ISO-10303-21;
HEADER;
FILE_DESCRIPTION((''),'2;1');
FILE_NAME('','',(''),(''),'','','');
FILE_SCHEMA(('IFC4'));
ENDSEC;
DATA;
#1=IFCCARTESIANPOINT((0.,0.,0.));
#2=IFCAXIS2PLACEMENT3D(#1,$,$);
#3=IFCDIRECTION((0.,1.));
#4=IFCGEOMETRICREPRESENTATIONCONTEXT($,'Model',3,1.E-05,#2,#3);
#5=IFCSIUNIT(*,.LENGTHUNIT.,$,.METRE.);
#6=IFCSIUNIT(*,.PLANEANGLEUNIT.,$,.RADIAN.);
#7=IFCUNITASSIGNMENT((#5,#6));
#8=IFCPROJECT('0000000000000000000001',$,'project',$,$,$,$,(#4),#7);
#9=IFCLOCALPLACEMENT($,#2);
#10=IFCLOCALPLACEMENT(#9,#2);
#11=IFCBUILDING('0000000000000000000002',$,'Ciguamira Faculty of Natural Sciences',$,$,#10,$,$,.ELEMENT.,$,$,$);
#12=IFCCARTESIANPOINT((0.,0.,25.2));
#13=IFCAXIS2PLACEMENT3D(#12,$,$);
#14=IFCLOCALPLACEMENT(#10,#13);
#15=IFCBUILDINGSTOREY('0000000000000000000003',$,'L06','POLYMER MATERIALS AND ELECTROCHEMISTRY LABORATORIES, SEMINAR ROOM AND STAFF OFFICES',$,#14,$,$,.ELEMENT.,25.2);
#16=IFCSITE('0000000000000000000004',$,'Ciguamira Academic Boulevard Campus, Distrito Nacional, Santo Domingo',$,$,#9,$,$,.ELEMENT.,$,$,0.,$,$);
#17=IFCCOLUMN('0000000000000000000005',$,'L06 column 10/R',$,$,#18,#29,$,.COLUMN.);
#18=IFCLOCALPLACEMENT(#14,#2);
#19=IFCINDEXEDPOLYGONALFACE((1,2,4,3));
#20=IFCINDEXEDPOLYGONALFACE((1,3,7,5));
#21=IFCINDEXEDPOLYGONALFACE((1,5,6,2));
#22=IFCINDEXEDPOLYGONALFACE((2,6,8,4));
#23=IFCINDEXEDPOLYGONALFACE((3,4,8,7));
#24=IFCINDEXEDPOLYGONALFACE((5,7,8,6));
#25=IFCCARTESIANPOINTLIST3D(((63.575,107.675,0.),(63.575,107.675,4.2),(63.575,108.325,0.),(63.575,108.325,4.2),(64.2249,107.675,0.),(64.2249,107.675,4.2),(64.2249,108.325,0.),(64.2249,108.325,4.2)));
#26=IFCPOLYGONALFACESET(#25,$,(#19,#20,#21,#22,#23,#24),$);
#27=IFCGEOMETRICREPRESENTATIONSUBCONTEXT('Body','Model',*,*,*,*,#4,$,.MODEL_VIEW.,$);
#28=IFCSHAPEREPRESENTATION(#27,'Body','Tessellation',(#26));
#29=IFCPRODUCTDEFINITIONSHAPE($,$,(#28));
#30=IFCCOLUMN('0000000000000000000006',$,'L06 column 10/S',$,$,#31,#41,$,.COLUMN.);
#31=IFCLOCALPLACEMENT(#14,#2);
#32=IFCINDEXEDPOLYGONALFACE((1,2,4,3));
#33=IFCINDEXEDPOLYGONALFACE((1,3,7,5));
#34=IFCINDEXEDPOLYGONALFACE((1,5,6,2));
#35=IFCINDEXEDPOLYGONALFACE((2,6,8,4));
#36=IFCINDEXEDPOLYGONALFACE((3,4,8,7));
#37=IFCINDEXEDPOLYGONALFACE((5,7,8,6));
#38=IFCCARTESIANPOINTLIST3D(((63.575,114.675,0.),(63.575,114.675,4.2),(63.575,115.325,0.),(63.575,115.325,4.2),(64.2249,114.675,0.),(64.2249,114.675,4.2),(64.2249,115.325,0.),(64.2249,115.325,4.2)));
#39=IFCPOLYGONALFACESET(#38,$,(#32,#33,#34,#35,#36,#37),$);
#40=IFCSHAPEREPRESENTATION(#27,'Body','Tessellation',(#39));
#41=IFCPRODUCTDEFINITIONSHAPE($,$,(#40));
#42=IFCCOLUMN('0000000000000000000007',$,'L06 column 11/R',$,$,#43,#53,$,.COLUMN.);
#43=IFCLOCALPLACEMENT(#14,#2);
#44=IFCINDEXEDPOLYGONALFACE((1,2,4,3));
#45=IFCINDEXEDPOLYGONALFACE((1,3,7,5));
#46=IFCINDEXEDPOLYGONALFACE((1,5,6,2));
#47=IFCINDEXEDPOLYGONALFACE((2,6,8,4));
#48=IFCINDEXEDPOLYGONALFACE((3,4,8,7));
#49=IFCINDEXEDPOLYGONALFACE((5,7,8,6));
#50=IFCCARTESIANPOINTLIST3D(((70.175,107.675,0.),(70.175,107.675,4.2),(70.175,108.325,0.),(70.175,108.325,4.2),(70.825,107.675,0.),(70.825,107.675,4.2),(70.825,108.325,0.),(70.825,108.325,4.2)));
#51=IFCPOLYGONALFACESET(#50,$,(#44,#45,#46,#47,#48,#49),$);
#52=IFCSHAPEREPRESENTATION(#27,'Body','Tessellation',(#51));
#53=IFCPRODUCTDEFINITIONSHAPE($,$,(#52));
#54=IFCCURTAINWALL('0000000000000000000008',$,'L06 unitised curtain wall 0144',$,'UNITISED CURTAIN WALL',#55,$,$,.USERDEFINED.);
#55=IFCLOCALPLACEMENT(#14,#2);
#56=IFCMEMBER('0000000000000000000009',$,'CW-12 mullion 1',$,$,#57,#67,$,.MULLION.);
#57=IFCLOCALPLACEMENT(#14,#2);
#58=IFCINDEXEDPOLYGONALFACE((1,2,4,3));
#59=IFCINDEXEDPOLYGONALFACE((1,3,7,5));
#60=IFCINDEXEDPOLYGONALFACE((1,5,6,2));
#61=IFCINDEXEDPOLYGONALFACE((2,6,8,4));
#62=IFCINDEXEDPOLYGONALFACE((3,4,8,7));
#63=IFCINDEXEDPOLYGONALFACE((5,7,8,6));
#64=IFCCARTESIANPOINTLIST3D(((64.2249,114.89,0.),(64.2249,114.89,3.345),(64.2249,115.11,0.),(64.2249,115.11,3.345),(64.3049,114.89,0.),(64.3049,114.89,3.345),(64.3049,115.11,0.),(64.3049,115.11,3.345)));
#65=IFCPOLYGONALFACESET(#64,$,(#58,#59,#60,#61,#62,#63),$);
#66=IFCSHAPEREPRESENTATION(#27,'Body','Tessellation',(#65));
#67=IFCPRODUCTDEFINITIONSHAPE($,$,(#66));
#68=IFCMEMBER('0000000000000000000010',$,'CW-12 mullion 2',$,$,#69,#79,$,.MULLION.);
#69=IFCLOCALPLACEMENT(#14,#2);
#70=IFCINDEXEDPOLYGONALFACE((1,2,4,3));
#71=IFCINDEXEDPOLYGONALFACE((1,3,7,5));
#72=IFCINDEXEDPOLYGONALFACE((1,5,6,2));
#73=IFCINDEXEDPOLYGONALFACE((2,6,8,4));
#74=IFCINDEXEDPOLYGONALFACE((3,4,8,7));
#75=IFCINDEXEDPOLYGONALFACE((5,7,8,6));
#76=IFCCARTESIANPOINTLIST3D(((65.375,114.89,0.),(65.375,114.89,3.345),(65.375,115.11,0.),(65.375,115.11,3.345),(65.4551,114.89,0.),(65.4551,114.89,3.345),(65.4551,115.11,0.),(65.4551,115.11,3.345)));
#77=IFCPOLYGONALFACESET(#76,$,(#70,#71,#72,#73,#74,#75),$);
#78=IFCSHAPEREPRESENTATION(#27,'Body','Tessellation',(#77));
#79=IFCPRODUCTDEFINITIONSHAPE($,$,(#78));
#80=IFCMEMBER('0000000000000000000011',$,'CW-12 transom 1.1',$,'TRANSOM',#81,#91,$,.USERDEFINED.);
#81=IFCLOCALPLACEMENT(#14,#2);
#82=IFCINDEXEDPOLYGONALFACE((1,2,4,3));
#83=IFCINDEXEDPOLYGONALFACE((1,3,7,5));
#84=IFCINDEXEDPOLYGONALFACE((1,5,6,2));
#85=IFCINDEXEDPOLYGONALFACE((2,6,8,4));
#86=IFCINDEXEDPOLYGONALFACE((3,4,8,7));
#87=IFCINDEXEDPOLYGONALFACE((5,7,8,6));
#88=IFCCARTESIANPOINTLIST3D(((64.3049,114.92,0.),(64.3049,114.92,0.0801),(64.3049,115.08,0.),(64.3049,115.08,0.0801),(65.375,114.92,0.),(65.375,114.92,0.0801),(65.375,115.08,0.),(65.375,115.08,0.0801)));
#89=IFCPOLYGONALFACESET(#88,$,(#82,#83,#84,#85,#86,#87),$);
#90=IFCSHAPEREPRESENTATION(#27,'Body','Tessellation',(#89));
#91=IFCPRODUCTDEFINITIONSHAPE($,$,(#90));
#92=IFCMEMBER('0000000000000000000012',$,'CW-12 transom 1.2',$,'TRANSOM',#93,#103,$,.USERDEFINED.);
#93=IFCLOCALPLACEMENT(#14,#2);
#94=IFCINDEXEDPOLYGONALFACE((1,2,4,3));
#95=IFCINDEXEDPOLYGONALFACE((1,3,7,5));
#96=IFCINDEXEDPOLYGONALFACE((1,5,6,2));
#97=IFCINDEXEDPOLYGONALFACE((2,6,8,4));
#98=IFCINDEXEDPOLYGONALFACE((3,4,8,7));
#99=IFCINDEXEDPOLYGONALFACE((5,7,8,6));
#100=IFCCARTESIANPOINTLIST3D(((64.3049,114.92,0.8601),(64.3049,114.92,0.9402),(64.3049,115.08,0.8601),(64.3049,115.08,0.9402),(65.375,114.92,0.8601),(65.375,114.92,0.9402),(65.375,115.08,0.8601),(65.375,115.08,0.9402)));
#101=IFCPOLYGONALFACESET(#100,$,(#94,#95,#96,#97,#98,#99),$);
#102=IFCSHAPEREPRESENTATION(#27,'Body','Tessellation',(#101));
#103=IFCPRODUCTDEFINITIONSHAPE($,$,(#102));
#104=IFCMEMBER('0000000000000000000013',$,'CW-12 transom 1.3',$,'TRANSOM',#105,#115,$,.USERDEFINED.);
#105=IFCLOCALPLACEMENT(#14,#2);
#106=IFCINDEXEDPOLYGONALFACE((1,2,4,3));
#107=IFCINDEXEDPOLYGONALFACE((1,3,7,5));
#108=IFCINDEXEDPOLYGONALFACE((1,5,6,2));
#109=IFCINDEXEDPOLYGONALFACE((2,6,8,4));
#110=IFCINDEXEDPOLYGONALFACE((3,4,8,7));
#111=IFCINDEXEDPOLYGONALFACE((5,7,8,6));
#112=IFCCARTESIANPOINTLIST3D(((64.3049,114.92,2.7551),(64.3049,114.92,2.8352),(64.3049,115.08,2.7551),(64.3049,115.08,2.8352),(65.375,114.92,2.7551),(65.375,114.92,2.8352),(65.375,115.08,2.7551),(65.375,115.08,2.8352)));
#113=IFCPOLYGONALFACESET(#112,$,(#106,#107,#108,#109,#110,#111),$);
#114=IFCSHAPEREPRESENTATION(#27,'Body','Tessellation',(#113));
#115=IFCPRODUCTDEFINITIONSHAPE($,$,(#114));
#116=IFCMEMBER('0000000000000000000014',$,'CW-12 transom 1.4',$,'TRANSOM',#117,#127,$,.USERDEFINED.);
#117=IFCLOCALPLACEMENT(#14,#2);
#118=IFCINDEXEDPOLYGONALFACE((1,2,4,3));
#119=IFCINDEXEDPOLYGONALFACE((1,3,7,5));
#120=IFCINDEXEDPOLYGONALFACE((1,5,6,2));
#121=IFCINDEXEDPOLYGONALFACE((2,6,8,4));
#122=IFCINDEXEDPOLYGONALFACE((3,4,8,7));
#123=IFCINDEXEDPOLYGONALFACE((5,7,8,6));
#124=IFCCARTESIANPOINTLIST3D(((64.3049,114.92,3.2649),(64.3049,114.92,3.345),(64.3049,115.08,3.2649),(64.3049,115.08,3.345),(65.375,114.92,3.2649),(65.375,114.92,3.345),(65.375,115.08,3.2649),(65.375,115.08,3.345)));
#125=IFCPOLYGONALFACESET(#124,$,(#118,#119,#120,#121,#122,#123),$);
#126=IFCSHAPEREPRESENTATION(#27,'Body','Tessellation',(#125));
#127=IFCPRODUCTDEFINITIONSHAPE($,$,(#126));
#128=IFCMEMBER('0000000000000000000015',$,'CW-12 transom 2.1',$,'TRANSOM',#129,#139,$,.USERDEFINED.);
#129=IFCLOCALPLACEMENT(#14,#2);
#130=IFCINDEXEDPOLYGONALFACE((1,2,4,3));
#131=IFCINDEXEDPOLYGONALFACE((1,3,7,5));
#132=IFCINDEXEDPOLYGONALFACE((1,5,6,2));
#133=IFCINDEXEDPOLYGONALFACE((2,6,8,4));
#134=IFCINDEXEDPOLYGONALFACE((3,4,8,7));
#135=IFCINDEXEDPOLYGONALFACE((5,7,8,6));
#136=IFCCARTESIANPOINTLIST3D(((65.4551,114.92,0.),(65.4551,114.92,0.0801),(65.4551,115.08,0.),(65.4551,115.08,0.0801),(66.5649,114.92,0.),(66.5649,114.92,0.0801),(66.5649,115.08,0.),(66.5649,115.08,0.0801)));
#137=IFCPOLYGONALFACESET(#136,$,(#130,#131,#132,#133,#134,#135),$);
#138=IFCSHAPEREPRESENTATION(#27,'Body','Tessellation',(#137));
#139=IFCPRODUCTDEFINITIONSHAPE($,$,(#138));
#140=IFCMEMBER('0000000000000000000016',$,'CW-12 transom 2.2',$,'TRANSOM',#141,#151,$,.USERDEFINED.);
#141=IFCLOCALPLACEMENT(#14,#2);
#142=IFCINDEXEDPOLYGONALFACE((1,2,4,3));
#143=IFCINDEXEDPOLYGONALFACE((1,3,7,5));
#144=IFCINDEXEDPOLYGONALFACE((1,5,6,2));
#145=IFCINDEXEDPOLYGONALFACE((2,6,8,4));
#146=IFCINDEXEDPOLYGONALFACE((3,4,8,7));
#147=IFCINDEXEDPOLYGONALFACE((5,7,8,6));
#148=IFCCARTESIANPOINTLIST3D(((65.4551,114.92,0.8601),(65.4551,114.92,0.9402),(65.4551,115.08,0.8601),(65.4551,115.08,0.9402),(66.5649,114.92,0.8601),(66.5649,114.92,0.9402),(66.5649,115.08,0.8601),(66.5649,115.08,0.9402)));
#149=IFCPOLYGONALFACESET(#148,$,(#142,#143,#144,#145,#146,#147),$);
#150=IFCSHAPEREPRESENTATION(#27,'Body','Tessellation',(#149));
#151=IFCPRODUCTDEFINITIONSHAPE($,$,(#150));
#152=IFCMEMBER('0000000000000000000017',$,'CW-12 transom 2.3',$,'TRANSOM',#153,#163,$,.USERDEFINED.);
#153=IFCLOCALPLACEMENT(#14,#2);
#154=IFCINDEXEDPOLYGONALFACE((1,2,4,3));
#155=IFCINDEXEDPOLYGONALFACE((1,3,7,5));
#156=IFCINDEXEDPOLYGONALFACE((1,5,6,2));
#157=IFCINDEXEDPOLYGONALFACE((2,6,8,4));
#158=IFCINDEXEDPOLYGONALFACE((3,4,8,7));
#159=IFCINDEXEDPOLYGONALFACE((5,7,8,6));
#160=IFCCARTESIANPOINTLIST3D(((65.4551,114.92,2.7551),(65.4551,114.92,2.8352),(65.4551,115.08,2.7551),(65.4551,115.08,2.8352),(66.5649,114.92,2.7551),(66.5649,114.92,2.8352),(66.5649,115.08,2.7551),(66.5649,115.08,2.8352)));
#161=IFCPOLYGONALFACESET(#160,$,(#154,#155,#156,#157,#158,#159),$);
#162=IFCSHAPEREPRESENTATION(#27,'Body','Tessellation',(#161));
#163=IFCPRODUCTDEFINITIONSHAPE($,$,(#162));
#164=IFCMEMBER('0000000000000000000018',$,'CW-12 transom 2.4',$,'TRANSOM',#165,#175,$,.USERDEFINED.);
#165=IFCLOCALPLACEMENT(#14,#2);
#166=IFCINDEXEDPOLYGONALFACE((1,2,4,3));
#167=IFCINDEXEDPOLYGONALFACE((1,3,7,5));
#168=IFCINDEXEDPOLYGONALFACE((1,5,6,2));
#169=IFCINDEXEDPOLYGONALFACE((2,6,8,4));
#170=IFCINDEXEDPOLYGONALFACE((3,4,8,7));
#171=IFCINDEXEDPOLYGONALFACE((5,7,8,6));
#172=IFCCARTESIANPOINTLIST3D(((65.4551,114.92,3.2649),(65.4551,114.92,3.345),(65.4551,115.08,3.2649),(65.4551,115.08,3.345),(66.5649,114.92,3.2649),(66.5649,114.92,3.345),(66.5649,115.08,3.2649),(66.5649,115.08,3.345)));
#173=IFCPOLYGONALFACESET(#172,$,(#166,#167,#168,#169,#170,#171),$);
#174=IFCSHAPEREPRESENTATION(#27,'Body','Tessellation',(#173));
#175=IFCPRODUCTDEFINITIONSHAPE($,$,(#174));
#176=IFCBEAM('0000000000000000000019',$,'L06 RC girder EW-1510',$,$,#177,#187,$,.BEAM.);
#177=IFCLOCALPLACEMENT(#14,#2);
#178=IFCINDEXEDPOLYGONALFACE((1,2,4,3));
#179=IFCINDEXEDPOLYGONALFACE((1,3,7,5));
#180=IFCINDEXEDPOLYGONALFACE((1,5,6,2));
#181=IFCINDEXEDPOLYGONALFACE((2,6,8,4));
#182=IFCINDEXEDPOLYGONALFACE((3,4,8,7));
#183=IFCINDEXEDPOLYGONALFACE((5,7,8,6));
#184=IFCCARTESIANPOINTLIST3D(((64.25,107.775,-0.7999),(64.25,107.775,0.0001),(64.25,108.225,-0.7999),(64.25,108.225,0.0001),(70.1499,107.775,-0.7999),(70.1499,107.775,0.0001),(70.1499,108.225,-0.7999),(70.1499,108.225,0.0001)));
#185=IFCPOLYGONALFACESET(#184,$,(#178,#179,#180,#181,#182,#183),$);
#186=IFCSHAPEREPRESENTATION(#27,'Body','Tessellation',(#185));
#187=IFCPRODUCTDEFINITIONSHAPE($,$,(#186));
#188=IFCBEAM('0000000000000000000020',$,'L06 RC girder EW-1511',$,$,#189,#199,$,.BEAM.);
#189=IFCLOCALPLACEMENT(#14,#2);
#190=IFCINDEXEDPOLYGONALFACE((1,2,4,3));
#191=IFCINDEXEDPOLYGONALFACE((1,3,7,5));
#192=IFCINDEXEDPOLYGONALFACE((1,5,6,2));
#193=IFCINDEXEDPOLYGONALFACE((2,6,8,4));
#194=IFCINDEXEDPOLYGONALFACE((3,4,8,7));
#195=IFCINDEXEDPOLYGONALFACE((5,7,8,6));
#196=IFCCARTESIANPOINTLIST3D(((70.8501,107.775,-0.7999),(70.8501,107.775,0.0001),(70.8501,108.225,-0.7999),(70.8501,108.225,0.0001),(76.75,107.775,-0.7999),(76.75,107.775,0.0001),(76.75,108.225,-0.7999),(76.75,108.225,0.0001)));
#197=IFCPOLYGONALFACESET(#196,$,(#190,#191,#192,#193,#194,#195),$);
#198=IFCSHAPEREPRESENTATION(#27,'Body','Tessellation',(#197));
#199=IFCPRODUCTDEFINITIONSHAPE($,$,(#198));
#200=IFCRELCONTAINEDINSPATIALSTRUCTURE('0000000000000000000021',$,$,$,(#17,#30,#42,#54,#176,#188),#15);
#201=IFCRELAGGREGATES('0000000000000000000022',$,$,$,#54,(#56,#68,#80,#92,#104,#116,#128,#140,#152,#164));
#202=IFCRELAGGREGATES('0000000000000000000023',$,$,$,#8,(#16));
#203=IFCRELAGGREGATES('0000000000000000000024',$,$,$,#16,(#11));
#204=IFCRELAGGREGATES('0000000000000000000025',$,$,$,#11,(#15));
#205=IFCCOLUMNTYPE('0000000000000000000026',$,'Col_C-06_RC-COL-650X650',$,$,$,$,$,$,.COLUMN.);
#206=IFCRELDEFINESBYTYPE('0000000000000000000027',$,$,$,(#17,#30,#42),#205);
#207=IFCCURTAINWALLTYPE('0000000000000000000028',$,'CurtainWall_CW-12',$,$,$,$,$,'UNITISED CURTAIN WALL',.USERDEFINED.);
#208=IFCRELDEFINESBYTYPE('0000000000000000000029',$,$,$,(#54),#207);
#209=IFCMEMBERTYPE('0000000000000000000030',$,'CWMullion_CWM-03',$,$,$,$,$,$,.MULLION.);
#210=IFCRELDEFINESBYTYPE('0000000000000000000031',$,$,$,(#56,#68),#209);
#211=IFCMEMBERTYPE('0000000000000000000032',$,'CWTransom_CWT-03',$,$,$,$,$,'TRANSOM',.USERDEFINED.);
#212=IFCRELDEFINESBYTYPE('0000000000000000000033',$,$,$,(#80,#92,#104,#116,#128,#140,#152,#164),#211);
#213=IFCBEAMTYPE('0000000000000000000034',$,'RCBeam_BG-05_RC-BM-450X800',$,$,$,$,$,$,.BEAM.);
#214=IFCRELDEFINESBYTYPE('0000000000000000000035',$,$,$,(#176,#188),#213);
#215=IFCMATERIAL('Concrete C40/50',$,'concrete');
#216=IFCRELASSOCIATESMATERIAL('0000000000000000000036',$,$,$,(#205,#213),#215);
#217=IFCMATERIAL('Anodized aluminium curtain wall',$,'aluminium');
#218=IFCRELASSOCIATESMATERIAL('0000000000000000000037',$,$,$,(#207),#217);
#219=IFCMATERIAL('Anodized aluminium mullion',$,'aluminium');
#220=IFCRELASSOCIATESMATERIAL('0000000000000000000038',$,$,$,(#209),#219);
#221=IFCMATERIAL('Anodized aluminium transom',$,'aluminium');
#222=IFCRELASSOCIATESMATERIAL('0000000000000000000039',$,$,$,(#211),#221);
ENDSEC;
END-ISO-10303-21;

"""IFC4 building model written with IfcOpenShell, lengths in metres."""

from ifc_helpers import new_model, si_unit, direction, frame, origin, origin_2d, place, context, subcontext, project, spatial, rectangle, extrude, material, material_profile, profile_set, type_object, element, aggregate, save


model = new_model("IFC4")

# Units and contexts
model_context = context("Model", 3, precision=1e-05, world=origin(), true_north=direction((0.0, 1.0)))
body_context = subcontext(model_context, "Body", "Model", "MODEL_VIEW")
ifc_project = project(units=[si_unit("LENGTHUNIT", "METRE"), si_unit("PLANEANGLEUNIT", "RADIAN")], contexts=[model_context])

# Site, building, storey
site_placement = place(None, origin())
site = spatial("IfcSite", under=ifc_project, at=site_placement, Name="Ciguamira Academic Boulevard Campus, Distrito Nacional, Santo Domingo", CompositionType="ELEMENT", RefElevation=0.0)
building_placement = place(site_placement, origin())
building = spatial("IfcBuilding", under=site, at=building_placement, Name="Ciguamira Faculty of Natural Sciences", CompositionType="ELEMENT")
storey_placement = place(building_placement, frame((0.0, 0.0, 25.2)))
storey = spatial("IfcBuildingStorey", under=building, at=storey_placement, Name="L06", Description="POLYMER MATERIALS AND ELECTROCHEMISTRY LABORATORIES, SEMINAR ROOM AND STAFF OFFICES", CompositionType="ELEMENT", Elevation=25.2)

# Columns
ifc_material_1 = material(Name="Concrete C40/50", Category="concrete")
ifc_material_profile_1 = material_profile(ifc_material_1, rectangle(XDim=0.6499, YDim=0.6499, at=origin_2d()), Name="RC-COL-650X650")
ifc_profile_set_1 = profile_set([ifc_material_profile_1], Name="Concrete C40/50")
column_type = type_object("IfcColumnType", Name="Col_C-06_RC-COL-650X650", PredefinedType="COLUMN", material=ifc_profile_set_1)
for number, where, z_axis, x_axis, name in (
    (1, (63.8999, 108.0, 0.0), (0.0, 0.0, 1.0), (1.0, 0.0, 0.0), "L06 column 10/R"),
    (2, (63.8999, 115.0, 0.0), (0.0, 0.0, 1.0), (1.0, 0.0, 0.0), "L06 column 10/S"),
    (3, (70.5, 108.0, 0.0), (0.0, 0.0, 1.0), (1.0, 0.0, 0.0), "L06 column 11/R"),
):
    element("IfcColumn", number, at=place(storey_placement, frame(where, z_axis=z_axis, x_axis=x_axis)), inside=storey, type_object=column_type, Name=name, PredefinedType="COLUMN", context=body_context, shape_type="SweptSolid", body=[
        extrude(rectangle(XDim=0.6499, YDim=0.6499, at=origin_2d()), origin(), (0.0, 0.0, 1.0), 4.2),
    ])

# Curtain wall, members
ifc_material_2 = material(Name="Anodized aluminium curtain wall", Category="aluminium")
curtain_wall_type = type_object("IfcCurtainWallType", Name="CurtainWall_CW-12", ElementType="UNITISED CURTAIN WALL", PredefinedType="USERDEFINED", material=ifc_material_2)
curtain_wall_placement = place(storey_placement, origin())
curtain_wall = element("IfcCurtainWall", 4, at=curtain_wall_placement, inside=storey, type_object=curtain_wall_type, Name="L06 unitised curtain wall 0144", ObjectType="UNITISED CURTAIN WALL", PredefinedType="USERDEFINED")
ifc_material_3 = material(Name="Anodized aluminium mullion", Category="aluminium")
ifc_material_profile_2 = material_profile(ifc_material_3, rectangle(XDim=0.0801, YDim=0.22, at=origin_2d()), Name="ALU-MUL-80X220")
ifc_profile_set_2 = profile_set([ifc_material_profile_2], Name="Anodized aluminium mullion")
member_type_1 = type_object("IfcMemberType", Name="CWMullion_CWM-03", PredefinedType="MULLION", material=ifc_profile_set_2)
member_1_placement = place(storey_placement, frame((64.2649, 115.0, 0.0), z_axis=(0.0, 0.0, 1.0), x_axis=(1.0, 0.0, 0.0)))
member_1 = element("IfcMember", 5, at=member_1_placement, type_object=member_type_1, Name="CW-12 mullion 1", PredefinedType="MULLION", context=body_context, shape_type="SweptSolid", body=[
    extrude(rectangle(XDim=0.0801, YDim=0.22, at=origin_2d()), origin(), (0.0, 0.0, 1.0), 3.345),
])
member_2_placement = place(storey_placement, frame((65.415, 115.0, 0.0), z_axis=(0.0, 0.0, 1.0), x_axis=(1.0, 0.0, 0.0)))
member_2 = element("IfcMember", 6, at=member_2_placement, type_object=member_type_1, Name="CW-12 mullion 2", PredefinedType="MULLION", context=body_context, shape_type="SweptSolid", body=[
    extrude(rectangle(XDim=0.0801, YDim=0.22, at=origin_2d()), origin(), (0.0, 0.0, 1.0), 3.345),
])
ifc_material_4 = material(Name="Anodized aluminium transom", Category="aluminium")
ifc_material_profile_3 = material_profile(ifc_material_4, rectangle(XDim=0.0801, YDim=0.1599, at=origin_2d()), Name="ALU-TRN-80X160")
ifc_profile_set_3 = profile_set([ifc_material_profile_3], Name="Anodized aluminium transom")
member_type_2 = type_object("IfcMemberType", Name="CWTransom_CWT-03", ElementType="TRANSOM", PredefinedType="USERDEFINED", material=ifc_profile_set_3)
member_3_placement = place(storey_placement, frame((64.3049, 115.0, 0.04), z_axis=(1.0, 0.0, 0.0), x_axis=(0.0, 0.0, 1.0)))
member_3 = element("IfcMember", 7, at=member_3_placement, type_object=member_type_2, Name="CW-12 transom 1.1", ObjectType="TRANSOM", PredefinedType="USERDEFINED", context=body_context, shape_type="SweptSolid", body=[
    extrude(rectangle(XDim=0.0801, YDim=0.1599, at=origin_2d()), origin(), (0.0, 0.0, 1.0), 1.0701),
])
member_4_placement = place(storey_placement, frame((64.3049, 115.0, 0.9001), z_axis=(1.0, 0.0, 0.0), x_axis=(0.0, 0.0, 1.0)))
member_4 = element("IfcMember", 8, at=member_4_placement, type_object=member_type_2, Name="CW-12 transom 1.2", ObjectType="TRANSOM", PredefinedType="USERDEFINED", context=body_context, shape_type="SweptSolid", body=[
    extrude(rectangle(XDim=0.0801, YDim=0.1599, at=origin_2d()), origin(), (0.0, 0.0, 1.0), 1.0701),
])
member_5_placement = place(storey_placement, frame((64.3049, 115.0, 2.7952), z_axis=(1.0, 0.0, 0.0), x_axis=(0.0, 0.0, 1.0)))
member_5 = element("IfcMember", 9, at=member_5_placement, type_object=member_type_2, Name="CW-12 transom 1.3", ObjectType="TRANSOM", PredefinedType="USERDEFINED", context=body_context, shape_type="SweptSolid", body=[
    extrude(rectangle(XDim=0.0801, YDim=0.1599, at=origin_2d()), origin(), (0.0, 0.0, 1.0), 1.0701),
])
member_6_placement = place(storey_placement, frame((64.3049, 115.0, 3.3049), z_axis=(1.0, 0.0, 0.0), x_axis=(0.0, 0.0, 1.0)))
member_6 = element("IfcMember", 10, at=member_6_placement, type_object=member_type_2, Name="CW-12 transom 1.4", ObjectType="TRANSOM", PredefinedType="USERDEFINED", context=body_context, shape_type="SweptSolid", body=[
    extrude(rectangle(XDim=0.0801, YDim=0.1599, at=origin_2d()), origin(), (0.0, 0.0, 1.0), 1.0701),
])
member_7_placement = place(storey_placement, frame((65.4551, 115.0, 0.04), z_axis=(1.0, 0.0, 0.0), x_axis=(0.0, 0.0, 1.0)))
member_7 = element("IfcMember", 11, at=member_7_placement, type_object=member_type_2, Name="CW-12 transom 2.1", ObjectType="TRANSOM", PredefinedType="USERDEFINED", context=body_context, shape_type="SweptSolid", body=[
    extrude(rectangle(XDim=0.0801, YDim=0.1599, at=origin_2d()), origin(), (0.0, 0.0, 1.0), 1.1099),
])
member_8_placement = place(storey_placement, frame((65.4551, 115.0, 0.9001), z_axis=(1.0, 0.0, 0.0), x_axis=(0.0, 0.0, 1.0)))
member_8 = element("IfcMember", 12, at=member_8_placement, type_object=member_type_2, Name="CW-12 transom 2.2", ObjectType="TRANSOM", PredefinedType="USERDEFINED", context=body_context, shape_type="SweptSolid", body=[
    extrude(rectangle(XDim=0.0801, YDim=0.1599, at=origin_2d()), origin(), (0.0, 0.0, 1.0), 1.1099),
])
member_9_placement = place(storey_placement, frame((65.4551, 115.0, 2.7952), z_axis=(1.0, 0.0, 0.0), x_axis=(0.0, 0.0, 1.0)))
member_9 = element("IfcMember", 13, at=member_9_placement, type_object=member_type_2, Name="CW-12 transom 2.3", ObjectType="TRANSOM", PredefinedType="USERDEFINED", context=body_context, shape_type="SweptSolid", body=[
    extrude(rectangle(XDim=0.0801, YDim=0.1599, at=origin_2d()), origin(), (0.0, 0.0, 1.0), 1.1099),
])
member_10_placement = place(storey_placement, frame((65.4551, 115.0, 3.3049), z_axis=(1.0, 0.0, 0.0), x_axis=(0.0, 0.0, 1.0)))
member_10 = element("IfcMember", 14, at=member_10_placement, type_object=member_type_2, Name="CW-12 transom 2.4", ObjectType="TRANSOM", PredefinedType="USERDEFINED", context=body_context, shape_type="SweptSolid", body=[
    extrude(rectangle(XDim=0.0801, YDim=0.1599, at=origin_2d()), origin(), (0.0, 0.0, 1.0), 1.1099),
])

# Beams
ifc_material_profile_4 = material_profile(ifc_material_1, rectangle(XDim=0.45, YDim=0.8, at=origin_2d()), Name="RC-BM-450X800")
ifc_profile_set_4 = profile_set([ifc_material_profile_4], Name="Concrete C40/50")
beam_type_1 = type_object("IfcBeamType", Name="RCBeam_BG-05_RC-BM-450X800", PredefinedType="BEAM", material=ifc_profile_set_4)
for number, where, z_axis, x_axis, name in (
    (15, (64.25, 108.0, -0.3999), (1.0, 0.0, 0.0), (0.0, 1.0, 0.0), "L06 RC girder EW-1510"),
    (16, (70.8501, 108.0, -0.3999), (1.0, 0.0, 0.0), (0.0, 1.0, 0.0), "L06 RC girder EW-1511"),
):
    element("IfcBeam", number, at=place(storey_placement, frame(where, z_axis=z_axis, x_axis=x_axis)), inside=storey, type_object=beam_type_1, Name=name, PredefinedType="BEAM", context=body_context, shape_type="SweptSolid", body=[
        extrude(rectangle(XDim=0.45, YDim=0.8, at=origin_2d()), origin(), (0.0, 0.0, 1.0), 5.8999),
    ])

aggregate(curtain_wall, [member_1, member_2, member_3, member_4, member_5, member_6, member_7, member_8, member_9, member_10])

save(model, "model.ifc")
